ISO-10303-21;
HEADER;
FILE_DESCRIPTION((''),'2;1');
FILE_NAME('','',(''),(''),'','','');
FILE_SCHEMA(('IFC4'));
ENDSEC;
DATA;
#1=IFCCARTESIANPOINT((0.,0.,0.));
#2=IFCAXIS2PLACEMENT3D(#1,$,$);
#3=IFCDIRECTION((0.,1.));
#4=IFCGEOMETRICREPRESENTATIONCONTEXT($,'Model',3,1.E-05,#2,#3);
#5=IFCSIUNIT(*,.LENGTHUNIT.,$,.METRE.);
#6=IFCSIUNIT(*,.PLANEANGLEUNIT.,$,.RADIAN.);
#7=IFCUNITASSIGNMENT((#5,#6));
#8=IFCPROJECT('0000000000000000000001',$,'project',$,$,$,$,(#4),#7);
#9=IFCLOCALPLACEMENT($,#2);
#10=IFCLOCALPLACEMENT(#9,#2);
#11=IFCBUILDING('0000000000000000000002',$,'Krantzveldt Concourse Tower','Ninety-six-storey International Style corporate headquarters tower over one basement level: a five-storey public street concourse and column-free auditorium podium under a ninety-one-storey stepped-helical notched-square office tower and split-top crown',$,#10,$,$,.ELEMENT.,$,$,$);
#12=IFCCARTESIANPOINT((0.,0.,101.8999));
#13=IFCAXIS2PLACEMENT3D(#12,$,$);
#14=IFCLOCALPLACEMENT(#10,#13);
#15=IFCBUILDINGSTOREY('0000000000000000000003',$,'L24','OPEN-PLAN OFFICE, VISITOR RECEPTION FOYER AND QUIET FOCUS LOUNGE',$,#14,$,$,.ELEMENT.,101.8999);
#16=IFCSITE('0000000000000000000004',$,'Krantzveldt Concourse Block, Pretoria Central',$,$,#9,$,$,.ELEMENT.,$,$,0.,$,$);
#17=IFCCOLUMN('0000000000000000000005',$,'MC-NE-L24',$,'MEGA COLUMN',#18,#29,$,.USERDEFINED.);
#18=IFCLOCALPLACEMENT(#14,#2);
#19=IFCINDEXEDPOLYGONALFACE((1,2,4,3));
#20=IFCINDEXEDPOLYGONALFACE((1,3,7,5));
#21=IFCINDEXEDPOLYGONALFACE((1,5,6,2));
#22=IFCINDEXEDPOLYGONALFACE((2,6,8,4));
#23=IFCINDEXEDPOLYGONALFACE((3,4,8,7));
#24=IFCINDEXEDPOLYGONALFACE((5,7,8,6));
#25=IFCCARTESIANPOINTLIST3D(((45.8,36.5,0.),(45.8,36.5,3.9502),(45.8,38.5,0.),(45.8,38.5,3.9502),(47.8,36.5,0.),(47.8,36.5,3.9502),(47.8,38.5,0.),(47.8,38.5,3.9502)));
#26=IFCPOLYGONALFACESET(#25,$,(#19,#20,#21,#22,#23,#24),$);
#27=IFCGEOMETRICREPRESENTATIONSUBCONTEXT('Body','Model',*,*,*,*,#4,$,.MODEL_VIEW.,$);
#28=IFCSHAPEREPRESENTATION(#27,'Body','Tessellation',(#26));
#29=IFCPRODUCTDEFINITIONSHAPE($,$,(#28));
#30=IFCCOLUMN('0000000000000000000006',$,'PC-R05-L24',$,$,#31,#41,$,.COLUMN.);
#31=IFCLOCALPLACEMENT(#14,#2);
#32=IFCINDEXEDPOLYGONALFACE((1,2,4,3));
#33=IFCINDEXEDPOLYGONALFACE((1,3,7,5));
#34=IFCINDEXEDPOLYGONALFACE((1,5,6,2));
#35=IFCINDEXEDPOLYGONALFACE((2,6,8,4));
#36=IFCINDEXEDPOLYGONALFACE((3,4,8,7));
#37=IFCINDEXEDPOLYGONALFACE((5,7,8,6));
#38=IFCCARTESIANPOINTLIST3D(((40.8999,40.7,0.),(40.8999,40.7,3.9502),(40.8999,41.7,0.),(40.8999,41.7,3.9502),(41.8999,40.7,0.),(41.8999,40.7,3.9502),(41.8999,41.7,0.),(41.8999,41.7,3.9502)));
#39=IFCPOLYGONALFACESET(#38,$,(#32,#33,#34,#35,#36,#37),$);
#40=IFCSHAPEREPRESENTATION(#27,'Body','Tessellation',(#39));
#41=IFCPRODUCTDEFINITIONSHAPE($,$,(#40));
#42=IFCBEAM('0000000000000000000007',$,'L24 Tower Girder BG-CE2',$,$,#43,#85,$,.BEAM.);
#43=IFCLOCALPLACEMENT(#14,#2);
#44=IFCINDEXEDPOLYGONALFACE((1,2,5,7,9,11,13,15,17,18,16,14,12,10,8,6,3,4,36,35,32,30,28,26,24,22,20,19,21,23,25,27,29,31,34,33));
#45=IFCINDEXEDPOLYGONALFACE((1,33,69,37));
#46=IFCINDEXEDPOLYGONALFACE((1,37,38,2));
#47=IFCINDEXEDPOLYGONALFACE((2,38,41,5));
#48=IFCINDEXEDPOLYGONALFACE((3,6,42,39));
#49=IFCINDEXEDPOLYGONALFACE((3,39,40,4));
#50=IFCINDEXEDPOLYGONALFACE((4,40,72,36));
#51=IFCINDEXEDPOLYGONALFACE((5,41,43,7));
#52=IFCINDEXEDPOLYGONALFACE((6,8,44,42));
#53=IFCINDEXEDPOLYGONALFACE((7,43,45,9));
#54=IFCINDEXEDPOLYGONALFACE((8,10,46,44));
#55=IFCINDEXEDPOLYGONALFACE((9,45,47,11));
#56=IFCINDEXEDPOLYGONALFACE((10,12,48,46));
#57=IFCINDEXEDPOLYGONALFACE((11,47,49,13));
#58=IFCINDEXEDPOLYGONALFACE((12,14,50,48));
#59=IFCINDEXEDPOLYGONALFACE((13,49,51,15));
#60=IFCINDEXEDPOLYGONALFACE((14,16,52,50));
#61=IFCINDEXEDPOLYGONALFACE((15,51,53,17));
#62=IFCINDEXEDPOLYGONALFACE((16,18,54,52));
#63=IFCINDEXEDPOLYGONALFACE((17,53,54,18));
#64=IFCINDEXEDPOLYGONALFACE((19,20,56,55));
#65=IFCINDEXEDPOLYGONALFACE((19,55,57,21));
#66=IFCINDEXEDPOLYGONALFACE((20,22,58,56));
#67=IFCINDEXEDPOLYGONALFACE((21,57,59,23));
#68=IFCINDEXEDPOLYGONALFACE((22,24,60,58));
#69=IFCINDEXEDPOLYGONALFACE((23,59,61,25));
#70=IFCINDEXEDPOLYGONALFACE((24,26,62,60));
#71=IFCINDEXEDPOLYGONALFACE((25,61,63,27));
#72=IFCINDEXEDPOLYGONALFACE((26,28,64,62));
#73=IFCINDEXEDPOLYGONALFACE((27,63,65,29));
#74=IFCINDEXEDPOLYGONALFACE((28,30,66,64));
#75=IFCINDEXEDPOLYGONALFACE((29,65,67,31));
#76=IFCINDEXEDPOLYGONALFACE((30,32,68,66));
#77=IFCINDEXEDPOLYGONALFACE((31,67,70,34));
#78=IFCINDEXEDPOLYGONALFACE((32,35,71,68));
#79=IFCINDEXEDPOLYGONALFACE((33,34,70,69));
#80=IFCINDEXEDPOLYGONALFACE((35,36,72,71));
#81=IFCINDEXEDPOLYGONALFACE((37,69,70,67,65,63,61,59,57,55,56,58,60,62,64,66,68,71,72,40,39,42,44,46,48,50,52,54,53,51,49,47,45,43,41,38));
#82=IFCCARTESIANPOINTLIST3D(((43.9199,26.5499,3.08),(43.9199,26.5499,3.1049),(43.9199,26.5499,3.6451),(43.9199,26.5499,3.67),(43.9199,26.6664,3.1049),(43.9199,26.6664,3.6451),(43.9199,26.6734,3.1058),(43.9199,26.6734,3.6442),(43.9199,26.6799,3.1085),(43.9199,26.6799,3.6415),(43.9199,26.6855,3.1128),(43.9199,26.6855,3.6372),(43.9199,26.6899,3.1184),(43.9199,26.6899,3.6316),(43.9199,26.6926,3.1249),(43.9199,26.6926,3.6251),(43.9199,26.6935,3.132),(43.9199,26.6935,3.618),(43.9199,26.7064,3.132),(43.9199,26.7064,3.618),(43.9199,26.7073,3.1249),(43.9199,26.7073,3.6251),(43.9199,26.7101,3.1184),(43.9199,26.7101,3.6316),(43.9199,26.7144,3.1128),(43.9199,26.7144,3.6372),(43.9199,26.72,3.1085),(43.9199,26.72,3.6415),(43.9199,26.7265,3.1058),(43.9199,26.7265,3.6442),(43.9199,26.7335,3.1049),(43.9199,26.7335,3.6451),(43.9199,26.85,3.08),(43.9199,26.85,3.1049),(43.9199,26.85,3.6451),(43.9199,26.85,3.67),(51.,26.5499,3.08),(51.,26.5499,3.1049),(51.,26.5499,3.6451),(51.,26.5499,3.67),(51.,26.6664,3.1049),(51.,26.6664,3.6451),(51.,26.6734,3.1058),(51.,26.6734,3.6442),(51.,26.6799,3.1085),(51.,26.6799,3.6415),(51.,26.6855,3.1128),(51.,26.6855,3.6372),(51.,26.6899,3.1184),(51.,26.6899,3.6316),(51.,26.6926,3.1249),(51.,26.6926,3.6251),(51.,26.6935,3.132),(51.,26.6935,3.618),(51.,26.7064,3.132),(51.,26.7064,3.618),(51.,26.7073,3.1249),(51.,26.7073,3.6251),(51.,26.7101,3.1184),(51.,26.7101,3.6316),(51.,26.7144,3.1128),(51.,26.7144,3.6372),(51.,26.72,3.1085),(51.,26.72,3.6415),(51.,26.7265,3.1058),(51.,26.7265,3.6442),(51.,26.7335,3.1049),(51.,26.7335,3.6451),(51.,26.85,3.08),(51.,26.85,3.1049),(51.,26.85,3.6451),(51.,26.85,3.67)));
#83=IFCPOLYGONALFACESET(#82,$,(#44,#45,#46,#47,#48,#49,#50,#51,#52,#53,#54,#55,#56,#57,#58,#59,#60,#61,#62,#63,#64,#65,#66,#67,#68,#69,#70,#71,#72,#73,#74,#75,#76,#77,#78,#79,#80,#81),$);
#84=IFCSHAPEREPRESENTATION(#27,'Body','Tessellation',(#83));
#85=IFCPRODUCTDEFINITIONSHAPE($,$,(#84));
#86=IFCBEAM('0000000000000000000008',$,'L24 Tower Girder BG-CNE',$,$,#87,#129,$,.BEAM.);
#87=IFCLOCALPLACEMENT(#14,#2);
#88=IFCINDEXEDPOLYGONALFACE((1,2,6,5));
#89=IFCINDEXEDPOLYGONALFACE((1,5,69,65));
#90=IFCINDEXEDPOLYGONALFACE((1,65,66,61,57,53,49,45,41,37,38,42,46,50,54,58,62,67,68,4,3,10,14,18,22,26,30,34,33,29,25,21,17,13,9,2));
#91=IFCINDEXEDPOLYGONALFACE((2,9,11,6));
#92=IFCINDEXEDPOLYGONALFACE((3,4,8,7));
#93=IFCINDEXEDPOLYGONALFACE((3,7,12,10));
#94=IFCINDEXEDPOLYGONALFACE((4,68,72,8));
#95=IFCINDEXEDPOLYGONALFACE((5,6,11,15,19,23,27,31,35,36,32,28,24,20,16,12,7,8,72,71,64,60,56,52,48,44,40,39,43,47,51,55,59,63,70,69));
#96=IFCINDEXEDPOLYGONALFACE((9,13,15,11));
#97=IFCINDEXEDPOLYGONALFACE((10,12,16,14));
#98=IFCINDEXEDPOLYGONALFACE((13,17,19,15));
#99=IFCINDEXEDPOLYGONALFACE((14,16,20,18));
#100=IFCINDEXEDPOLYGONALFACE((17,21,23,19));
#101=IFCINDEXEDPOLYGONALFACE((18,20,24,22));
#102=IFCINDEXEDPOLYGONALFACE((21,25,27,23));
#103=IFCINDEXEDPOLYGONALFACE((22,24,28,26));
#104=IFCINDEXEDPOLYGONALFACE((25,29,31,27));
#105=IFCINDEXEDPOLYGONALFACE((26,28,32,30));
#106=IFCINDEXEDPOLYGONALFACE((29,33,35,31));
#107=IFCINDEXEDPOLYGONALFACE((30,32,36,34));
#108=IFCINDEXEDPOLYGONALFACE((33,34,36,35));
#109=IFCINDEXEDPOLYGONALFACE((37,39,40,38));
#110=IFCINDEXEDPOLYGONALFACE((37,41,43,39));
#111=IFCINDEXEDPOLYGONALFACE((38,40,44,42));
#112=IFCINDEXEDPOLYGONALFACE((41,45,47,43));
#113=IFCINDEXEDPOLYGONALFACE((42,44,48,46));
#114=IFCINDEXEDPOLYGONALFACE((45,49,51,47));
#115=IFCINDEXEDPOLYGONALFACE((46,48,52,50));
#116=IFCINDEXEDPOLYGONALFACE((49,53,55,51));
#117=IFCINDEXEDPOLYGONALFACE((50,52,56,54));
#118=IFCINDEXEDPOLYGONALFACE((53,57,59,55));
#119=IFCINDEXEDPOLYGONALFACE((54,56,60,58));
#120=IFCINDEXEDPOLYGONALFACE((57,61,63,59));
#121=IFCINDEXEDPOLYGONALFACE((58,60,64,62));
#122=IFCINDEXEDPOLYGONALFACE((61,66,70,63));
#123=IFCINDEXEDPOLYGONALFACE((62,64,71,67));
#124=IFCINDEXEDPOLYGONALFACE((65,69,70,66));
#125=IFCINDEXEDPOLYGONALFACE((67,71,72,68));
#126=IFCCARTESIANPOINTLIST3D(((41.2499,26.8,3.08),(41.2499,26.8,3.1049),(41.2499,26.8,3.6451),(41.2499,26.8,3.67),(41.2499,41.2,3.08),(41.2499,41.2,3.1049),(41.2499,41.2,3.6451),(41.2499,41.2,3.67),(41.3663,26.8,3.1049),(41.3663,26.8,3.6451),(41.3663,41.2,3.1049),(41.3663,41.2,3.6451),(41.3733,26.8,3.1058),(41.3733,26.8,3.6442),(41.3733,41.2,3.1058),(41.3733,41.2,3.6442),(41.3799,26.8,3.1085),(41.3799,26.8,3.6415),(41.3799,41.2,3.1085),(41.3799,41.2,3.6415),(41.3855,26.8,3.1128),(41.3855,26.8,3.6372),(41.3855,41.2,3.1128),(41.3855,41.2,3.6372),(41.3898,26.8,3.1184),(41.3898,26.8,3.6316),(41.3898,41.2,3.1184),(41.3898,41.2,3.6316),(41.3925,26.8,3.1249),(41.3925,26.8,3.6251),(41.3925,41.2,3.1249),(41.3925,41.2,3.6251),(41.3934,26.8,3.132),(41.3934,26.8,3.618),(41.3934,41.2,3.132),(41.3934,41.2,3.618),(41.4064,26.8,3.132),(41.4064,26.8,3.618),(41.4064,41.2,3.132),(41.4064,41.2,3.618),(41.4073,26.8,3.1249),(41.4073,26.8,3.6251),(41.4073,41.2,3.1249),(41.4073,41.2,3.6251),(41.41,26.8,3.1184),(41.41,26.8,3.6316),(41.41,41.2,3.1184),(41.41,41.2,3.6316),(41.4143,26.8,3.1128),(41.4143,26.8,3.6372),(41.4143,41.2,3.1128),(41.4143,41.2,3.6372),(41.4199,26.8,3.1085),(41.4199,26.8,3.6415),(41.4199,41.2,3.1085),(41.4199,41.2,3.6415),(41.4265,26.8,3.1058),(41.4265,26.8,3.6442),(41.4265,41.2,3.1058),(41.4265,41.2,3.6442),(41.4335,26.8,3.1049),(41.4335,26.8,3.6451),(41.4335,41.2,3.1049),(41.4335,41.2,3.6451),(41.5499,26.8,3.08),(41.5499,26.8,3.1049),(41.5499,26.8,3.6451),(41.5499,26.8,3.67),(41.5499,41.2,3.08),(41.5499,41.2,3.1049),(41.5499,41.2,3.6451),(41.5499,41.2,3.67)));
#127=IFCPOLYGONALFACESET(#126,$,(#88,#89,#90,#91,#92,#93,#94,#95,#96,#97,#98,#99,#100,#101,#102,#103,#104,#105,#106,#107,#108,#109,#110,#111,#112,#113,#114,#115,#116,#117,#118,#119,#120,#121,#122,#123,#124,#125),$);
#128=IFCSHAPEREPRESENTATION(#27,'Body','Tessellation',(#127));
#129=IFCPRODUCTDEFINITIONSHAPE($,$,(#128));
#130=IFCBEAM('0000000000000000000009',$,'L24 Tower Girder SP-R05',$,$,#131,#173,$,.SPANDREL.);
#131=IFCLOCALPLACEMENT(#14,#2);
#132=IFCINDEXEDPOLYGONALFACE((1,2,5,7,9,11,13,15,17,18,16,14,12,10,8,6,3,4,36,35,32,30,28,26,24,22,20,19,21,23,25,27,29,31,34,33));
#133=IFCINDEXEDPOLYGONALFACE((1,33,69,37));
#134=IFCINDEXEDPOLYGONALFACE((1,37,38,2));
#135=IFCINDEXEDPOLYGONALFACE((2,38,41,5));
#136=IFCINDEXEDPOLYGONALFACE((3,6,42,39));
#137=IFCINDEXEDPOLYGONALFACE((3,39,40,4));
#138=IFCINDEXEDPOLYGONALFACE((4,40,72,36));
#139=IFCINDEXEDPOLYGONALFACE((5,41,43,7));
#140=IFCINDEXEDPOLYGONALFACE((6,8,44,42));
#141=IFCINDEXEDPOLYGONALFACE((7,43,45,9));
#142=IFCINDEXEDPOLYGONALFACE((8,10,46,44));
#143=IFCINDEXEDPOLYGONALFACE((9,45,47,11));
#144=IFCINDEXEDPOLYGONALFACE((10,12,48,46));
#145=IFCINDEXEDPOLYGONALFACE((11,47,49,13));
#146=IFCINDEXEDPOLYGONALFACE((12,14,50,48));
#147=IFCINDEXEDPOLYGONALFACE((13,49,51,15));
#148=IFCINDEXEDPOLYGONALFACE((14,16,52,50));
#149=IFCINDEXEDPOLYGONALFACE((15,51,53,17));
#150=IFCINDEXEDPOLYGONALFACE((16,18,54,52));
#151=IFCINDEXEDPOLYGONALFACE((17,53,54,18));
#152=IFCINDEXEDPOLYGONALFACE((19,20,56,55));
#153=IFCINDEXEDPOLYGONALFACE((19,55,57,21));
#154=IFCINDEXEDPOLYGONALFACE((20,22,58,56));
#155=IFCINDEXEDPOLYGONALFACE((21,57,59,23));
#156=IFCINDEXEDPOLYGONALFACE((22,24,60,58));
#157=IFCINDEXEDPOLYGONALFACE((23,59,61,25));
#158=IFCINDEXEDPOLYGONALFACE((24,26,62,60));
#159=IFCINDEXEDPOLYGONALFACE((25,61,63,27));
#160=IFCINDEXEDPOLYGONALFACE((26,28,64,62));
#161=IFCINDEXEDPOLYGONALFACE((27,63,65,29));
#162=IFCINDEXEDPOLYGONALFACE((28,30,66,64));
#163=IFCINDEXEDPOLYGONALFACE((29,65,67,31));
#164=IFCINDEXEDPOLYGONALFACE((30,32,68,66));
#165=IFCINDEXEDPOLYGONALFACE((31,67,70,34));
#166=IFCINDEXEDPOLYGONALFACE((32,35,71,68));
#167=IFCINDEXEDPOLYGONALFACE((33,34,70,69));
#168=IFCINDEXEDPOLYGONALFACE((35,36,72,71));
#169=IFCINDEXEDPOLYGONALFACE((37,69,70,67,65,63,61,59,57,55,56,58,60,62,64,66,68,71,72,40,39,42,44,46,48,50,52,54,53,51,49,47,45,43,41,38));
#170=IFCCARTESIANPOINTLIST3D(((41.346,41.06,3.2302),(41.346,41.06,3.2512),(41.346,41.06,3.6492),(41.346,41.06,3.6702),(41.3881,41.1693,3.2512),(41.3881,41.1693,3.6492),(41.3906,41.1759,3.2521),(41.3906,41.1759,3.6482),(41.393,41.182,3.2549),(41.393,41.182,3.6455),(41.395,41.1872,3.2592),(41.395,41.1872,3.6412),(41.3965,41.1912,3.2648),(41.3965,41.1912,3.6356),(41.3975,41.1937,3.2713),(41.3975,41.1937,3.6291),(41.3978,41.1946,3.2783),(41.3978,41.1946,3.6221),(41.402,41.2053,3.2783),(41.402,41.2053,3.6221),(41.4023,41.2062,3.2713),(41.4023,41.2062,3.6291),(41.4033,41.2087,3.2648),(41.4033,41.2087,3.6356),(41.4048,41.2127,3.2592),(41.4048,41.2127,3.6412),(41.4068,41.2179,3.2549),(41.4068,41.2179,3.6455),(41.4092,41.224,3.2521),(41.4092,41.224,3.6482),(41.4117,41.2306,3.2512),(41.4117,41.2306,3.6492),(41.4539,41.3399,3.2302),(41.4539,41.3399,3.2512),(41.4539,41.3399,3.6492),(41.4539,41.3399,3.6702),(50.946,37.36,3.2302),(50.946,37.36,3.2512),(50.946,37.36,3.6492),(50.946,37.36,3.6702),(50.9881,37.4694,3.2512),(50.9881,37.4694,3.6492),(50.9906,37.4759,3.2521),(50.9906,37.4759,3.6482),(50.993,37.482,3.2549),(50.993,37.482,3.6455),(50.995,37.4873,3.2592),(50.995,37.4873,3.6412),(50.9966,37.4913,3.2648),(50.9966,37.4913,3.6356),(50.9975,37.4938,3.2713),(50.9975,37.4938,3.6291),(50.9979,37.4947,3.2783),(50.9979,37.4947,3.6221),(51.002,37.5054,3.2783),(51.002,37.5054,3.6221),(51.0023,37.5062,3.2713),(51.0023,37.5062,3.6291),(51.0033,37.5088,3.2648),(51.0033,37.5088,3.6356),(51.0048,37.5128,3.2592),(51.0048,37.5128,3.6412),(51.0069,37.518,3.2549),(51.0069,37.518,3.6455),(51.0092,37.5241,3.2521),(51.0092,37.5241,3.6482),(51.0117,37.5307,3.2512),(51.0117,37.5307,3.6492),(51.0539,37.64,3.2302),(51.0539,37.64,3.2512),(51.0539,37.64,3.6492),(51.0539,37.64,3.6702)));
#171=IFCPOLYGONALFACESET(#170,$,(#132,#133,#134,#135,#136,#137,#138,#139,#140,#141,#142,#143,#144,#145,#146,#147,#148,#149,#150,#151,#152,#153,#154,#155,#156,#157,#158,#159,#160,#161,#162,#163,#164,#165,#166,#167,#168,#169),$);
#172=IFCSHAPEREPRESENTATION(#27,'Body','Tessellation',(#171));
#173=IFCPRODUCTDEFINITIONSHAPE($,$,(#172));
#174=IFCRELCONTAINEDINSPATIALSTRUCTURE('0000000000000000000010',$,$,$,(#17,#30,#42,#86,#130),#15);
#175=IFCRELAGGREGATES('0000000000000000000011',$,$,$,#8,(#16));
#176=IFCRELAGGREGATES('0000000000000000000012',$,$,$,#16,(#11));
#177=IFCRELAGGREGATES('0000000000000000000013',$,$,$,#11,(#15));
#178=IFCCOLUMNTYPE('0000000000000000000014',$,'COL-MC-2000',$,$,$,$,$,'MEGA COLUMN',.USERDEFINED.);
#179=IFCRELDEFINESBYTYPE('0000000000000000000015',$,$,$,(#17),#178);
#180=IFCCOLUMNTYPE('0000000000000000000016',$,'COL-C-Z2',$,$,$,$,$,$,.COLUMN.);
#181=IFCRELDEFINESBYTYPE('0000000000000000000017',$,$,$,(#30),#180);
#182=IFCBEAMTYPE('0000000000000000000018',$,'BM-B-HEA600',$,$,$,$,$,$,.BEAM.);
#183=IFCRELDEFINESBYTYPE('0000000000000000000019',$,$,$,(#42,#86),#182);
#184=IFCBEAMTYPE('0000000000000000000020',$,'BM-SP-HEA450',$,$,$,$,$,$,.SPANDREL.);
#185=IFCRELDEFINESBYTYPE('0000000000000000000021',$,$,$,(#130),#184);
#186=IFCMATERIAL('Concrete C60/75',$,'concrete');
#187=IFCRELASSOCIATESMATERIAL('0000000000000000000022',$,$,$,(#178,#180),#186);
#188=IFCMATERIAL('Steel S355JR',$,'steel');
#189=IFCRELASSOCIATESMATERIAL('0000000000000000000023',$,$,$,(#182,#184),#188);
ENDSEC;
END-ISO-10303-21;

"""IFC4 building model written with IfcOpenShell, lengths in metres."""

from ifc_helpers import new_model, si_unit, direction, frame, origin, origin_2d, place, context, subcontext, project, spatial, rectangle, i_section, extrude, source, transform, mapped, material, material_profile, profile_set, type_object, type_shapes, element, save


model = new_model("IFC4")

# Units and contexts
model_context = context("Model", 3, precision=1e-05, world=origin(), true_north=direction((0.0, 1.0)))
body_context = subcontext(model_context, "Body", "Model", "MODEL_VIEW")
ifc_project = project(units=[si_unit("LENGTHUNIT", "METRE"), si_unit("PLANEANGLEUNIT", "RADIAN")], contexts=[model_context])

# Site, building, storey
site_placement = place(None, origin())
site = spatial("IfcSite", under=ifc_project, at=site_placement, Name="Krantzveldt Concourse Block, Pretoria Central", CompositionType="ELEMENT", RefElevation=0.0)
building_placement = place(site_placement, origin())
building = spatial("IfcBuilding", under=site, at=building_placement, Name="Krantzveldt Concourse Tower", Description="Ninety-six-storey International Style corporate headquarters tower over one basement level: a five-storey public street concourse and column-free auditorium podium under a ninety-one-storey stepped-helical notched-square office tower and split-top crown", CompositionType="ELEMENT")
storey_placement = place(building_placement, frame((0.0, 0.0, 101.8999)))
storey = spatial("IfcBuildingStorey", under=building, at=storey_placement, Name="L24", Description="OPEN-PLAN OFFICE, VISITOR RECEPTION FOYER AND QUIET FOCUS LOUNGE", CompositionType="ELEMENT", Elevation=101.8999)

# Columns
ifc_material_1 = material(Name="Concrete C60/75", Category="concrete")
ifc_material_profile_1 = material_profile(ifc_material_1, rectangle(XDim=2.0, YDim=2.0, at=origin_2d()), Name="Concrete C60/75", Category="concrete")
ifc_profile_set_1 = profile_set([ifc_material_profile_1], Name="Concrete C60/75 - RC 2000x2000")
column_type_1 = type_object("IfcColumnType", Name="COL-MC-2000", ElementType="MEGA COLUMN", PredefinedType="USERDEFINED", material=ifc_profile_set_1)
shared_shape_1 = source(origin(), body_context, "Body", "SweptSolid", [
    extrude(rectangle(XDim=2.0, YDim=2.0, at=origin_2d()), origin(), (0.0, 0.0, 1.0), 3.9502),
])
type_shapes(column_type_1, [shared_shape_1])
column_1_placement = place(storey_placement, frame((46.8, 37.5, 0.0), z_axis=(0.0, 0.0, 1.0), x_axis=(1.0, 0.0, 0.0)))
element("IfcColumn", 1, at=column_1_placement, inside=storey, type_object=column_type_1, Name="MC-NE-L24", ObjectType="MEGA COLUMN", PredefinedType="USERDEFINED", context=body_context, shape_type="MappedRepresentation", body=[
    mapped(shared_shape_1, transform((0.0, 0.0, 0.0), x_axis=(1.0, 0.0, 0.0), y_axis=(0.0, 1.0, 0.0), z_axis=(0.0, 0.0, 1.0), scale=1.0)),
])
ifc_material_profile_2 = material_profile(ifc_material_1, rectangle(XDim=1.0, YDim=1.0, at=origin_2d()), Name="Concrete C60/75", Category="concrete")
ifc_profile_set_2 = profile_set([ifc_material_profile_2], Name="Concrete C60/75 - RC 1000x1000")
column_type_2 = type_object("IfcColumnType", Name="COL-C-Z2", PredefinedType="COLUMN", material=ifc_profile_set_2)
shared_shape_2 = source(origin(), body_context, "Body", "SweptSolid", [
    extrude(rectangle(XDim=1.0, YDim=1.0, at=origin_2d()), origin(), (0.0, 0.0, 1.0), 3.9502),
])
type_shapes(column_type_2, [shared_shape_2])
column_2_placement = place(storey_placement, frame((41.3999, 41.2, 0.0), z_axis=(0.0, 0.0, 1.0), x_axis=(1.0, 0.0, 0.0)))
element("IfcColumn", 2, at=column_2_placement, inside=storey, type_object=column_type_2, Name="PC-R05-L24", PredefinedType="COLUMN", context=body_context, shape_type="MappedRepresentation", body=[
    mapped(shared_shape_2, transform((0.0, 0.0, 0.0), x_axis=(1.0, 0.0, 0.0), y_axis=(0.0, 1.0, 0.0), z_axis=(0.0, 0.0, 1.0), scale=1.0)),
])

# Beams
ifc_material_2 = material(Name="Steel S355JR", Category="steel")
ifc_material_profile_3 = material_profile(ifc_material_2, i_section(OverallWidth=0.3, OverallDepth=0.5901, WebThickness=0.0129, FlangeThickness=0.0249, FilletRadius=0.0271, at=origin_2d()), Name="Steel S355JR", Category="steel")
ifc_profile_set_3 = profile_set([ifc_material_profile_3], Name="Steel S355JR - HEA 600")
beam_type_1 = type_object("IfcBeamType", Name="BM-B-HEA600", PredefinedType="BEAM", material=ifc_profile_set_3)
shared_shape_3 = source(origin(), body_context, "Body", "SweptSolid", [
    extrude(i_section(OverallWidth=0.3, OverallDepth=0.5901, WebThickness=0.0129, FlangeThickness=0.0249, FilletRadius=0.0271, at=origin_2d()), origin(), (0.0, 0.0, 1.0), 7.0801),
])
beam_1_placement = place(storey_placement, frame((43.9199, 26.7, 3.375), z_axis=(1.0, 0.0, 0.0), x_axis=(0.0, 1.0, 0.0)))
element("IfcBeam", 3, at=beam_1_placement, inside=storey, type_object=beam_type_1, Name="L24 Tower Girder BG-CE2", PredefinedType="BEAM", context=body_context, shape_type="MappedRepresentation", body=[
    mapped(shared_shape_3, transform((0.0, 0.0, 0.0), x_axis=(1.0, 0.0, 0.0), y_axis=(0.0, 1.0, 0.0), z_axis=(0.0, 0.0, 1.0), scale=1.0)),
])
shared_shape_4 = source(origin(), body_context, "Body", "SweptSolid", [
    extrude(i_section(OverallWidth=0.3, OverallDepth=0.5901, WebThickness=0.0129, FlangeThickness=0.0249, FilletRadius=0.0271, at=origin_2d()), origin(), (0.0, 0.0, 1.0), 14.3999),
])
beam_2_placement = place(storey_placement, frame((41.3999, 26.8, 3.375), z_axis=(0.0, 1.0, 0.0), x_axis=(-1.0, 0.0, 0.0)))
element("IfcBeam", 4, at=beam_2_placement, inside=storey, type_object=beam_type_1, Name="L24 Tower Girder BG-CNE", PredefinedType="BEAM", context=body_context, shape_type="MappedRepresentation", body=[
    mapped(shared_shape_4, transform((0.0, 0.0, 0.0), x_axis=(1.0, 0.0, 0.0), y_axis=(0.0, 1.0, 0.0), z_axis=(0.0, 0.0, 1.0), scale=1.0)),
])
ifc_material_profile_4 = material_profile(ifc_material_2, i_section(OverallWidth=0.3, OverallDepth=0.4399, WebThickness=0.0115, FlangeThickness=0.021, FilletRadius=0.0271, at=origin_2d()), Name="Steel S355JR", Category="steel")
ifc_profile_set_4 = profile_set([ifc_material_profile_4], Name="Steel S355JR - HEA 450")
beam_type_2 = type_object("IfcBeamType", Name="BM-SP-HEA450", PredefinedType="SPANDREL", material=ifc_profile_set_4)
shared_shape_5 = source(origin(), body_context, "Body", "SweptSolid", [
    extrude(i_section(OverallWidth=0.3, OverallDepth=0.4399, WebThickness=0.0115, FlangeThickness=0.021, FilletRadius=0.0271, at=origin_2d()), origin(), (0.0, 0.0, 1.0), 10.2883),
])
type_shapes(beam_type_2, [shared_shape_5])
beam_3_placement = place(storey_placement, frame((41.3999, 41.2, 3.4502), z_axis=(0.933098, -0.359623, 0.0), x_axis=(0.359623, 0.933098, 0.0)))
element("IfcBeam", 5, at=beam_3_placement, inside=storey, type_object=beam_type_2, Name="L24 Tower Girder SP-R05", PredefinedType="SPANDREL", context=body_context, shape_type="MappedRepresentation", body=[
    mapped(shared_shape_5, transform((0.0, 0.0, 0.0), x_axis=(1.0, 0.0, 0.0), y_axis=(0.0, 1.0, 0.0), z_axis=(0.0, 0.0, 1.0), scale=1.0)),
])

save(model, "model.ifc")
